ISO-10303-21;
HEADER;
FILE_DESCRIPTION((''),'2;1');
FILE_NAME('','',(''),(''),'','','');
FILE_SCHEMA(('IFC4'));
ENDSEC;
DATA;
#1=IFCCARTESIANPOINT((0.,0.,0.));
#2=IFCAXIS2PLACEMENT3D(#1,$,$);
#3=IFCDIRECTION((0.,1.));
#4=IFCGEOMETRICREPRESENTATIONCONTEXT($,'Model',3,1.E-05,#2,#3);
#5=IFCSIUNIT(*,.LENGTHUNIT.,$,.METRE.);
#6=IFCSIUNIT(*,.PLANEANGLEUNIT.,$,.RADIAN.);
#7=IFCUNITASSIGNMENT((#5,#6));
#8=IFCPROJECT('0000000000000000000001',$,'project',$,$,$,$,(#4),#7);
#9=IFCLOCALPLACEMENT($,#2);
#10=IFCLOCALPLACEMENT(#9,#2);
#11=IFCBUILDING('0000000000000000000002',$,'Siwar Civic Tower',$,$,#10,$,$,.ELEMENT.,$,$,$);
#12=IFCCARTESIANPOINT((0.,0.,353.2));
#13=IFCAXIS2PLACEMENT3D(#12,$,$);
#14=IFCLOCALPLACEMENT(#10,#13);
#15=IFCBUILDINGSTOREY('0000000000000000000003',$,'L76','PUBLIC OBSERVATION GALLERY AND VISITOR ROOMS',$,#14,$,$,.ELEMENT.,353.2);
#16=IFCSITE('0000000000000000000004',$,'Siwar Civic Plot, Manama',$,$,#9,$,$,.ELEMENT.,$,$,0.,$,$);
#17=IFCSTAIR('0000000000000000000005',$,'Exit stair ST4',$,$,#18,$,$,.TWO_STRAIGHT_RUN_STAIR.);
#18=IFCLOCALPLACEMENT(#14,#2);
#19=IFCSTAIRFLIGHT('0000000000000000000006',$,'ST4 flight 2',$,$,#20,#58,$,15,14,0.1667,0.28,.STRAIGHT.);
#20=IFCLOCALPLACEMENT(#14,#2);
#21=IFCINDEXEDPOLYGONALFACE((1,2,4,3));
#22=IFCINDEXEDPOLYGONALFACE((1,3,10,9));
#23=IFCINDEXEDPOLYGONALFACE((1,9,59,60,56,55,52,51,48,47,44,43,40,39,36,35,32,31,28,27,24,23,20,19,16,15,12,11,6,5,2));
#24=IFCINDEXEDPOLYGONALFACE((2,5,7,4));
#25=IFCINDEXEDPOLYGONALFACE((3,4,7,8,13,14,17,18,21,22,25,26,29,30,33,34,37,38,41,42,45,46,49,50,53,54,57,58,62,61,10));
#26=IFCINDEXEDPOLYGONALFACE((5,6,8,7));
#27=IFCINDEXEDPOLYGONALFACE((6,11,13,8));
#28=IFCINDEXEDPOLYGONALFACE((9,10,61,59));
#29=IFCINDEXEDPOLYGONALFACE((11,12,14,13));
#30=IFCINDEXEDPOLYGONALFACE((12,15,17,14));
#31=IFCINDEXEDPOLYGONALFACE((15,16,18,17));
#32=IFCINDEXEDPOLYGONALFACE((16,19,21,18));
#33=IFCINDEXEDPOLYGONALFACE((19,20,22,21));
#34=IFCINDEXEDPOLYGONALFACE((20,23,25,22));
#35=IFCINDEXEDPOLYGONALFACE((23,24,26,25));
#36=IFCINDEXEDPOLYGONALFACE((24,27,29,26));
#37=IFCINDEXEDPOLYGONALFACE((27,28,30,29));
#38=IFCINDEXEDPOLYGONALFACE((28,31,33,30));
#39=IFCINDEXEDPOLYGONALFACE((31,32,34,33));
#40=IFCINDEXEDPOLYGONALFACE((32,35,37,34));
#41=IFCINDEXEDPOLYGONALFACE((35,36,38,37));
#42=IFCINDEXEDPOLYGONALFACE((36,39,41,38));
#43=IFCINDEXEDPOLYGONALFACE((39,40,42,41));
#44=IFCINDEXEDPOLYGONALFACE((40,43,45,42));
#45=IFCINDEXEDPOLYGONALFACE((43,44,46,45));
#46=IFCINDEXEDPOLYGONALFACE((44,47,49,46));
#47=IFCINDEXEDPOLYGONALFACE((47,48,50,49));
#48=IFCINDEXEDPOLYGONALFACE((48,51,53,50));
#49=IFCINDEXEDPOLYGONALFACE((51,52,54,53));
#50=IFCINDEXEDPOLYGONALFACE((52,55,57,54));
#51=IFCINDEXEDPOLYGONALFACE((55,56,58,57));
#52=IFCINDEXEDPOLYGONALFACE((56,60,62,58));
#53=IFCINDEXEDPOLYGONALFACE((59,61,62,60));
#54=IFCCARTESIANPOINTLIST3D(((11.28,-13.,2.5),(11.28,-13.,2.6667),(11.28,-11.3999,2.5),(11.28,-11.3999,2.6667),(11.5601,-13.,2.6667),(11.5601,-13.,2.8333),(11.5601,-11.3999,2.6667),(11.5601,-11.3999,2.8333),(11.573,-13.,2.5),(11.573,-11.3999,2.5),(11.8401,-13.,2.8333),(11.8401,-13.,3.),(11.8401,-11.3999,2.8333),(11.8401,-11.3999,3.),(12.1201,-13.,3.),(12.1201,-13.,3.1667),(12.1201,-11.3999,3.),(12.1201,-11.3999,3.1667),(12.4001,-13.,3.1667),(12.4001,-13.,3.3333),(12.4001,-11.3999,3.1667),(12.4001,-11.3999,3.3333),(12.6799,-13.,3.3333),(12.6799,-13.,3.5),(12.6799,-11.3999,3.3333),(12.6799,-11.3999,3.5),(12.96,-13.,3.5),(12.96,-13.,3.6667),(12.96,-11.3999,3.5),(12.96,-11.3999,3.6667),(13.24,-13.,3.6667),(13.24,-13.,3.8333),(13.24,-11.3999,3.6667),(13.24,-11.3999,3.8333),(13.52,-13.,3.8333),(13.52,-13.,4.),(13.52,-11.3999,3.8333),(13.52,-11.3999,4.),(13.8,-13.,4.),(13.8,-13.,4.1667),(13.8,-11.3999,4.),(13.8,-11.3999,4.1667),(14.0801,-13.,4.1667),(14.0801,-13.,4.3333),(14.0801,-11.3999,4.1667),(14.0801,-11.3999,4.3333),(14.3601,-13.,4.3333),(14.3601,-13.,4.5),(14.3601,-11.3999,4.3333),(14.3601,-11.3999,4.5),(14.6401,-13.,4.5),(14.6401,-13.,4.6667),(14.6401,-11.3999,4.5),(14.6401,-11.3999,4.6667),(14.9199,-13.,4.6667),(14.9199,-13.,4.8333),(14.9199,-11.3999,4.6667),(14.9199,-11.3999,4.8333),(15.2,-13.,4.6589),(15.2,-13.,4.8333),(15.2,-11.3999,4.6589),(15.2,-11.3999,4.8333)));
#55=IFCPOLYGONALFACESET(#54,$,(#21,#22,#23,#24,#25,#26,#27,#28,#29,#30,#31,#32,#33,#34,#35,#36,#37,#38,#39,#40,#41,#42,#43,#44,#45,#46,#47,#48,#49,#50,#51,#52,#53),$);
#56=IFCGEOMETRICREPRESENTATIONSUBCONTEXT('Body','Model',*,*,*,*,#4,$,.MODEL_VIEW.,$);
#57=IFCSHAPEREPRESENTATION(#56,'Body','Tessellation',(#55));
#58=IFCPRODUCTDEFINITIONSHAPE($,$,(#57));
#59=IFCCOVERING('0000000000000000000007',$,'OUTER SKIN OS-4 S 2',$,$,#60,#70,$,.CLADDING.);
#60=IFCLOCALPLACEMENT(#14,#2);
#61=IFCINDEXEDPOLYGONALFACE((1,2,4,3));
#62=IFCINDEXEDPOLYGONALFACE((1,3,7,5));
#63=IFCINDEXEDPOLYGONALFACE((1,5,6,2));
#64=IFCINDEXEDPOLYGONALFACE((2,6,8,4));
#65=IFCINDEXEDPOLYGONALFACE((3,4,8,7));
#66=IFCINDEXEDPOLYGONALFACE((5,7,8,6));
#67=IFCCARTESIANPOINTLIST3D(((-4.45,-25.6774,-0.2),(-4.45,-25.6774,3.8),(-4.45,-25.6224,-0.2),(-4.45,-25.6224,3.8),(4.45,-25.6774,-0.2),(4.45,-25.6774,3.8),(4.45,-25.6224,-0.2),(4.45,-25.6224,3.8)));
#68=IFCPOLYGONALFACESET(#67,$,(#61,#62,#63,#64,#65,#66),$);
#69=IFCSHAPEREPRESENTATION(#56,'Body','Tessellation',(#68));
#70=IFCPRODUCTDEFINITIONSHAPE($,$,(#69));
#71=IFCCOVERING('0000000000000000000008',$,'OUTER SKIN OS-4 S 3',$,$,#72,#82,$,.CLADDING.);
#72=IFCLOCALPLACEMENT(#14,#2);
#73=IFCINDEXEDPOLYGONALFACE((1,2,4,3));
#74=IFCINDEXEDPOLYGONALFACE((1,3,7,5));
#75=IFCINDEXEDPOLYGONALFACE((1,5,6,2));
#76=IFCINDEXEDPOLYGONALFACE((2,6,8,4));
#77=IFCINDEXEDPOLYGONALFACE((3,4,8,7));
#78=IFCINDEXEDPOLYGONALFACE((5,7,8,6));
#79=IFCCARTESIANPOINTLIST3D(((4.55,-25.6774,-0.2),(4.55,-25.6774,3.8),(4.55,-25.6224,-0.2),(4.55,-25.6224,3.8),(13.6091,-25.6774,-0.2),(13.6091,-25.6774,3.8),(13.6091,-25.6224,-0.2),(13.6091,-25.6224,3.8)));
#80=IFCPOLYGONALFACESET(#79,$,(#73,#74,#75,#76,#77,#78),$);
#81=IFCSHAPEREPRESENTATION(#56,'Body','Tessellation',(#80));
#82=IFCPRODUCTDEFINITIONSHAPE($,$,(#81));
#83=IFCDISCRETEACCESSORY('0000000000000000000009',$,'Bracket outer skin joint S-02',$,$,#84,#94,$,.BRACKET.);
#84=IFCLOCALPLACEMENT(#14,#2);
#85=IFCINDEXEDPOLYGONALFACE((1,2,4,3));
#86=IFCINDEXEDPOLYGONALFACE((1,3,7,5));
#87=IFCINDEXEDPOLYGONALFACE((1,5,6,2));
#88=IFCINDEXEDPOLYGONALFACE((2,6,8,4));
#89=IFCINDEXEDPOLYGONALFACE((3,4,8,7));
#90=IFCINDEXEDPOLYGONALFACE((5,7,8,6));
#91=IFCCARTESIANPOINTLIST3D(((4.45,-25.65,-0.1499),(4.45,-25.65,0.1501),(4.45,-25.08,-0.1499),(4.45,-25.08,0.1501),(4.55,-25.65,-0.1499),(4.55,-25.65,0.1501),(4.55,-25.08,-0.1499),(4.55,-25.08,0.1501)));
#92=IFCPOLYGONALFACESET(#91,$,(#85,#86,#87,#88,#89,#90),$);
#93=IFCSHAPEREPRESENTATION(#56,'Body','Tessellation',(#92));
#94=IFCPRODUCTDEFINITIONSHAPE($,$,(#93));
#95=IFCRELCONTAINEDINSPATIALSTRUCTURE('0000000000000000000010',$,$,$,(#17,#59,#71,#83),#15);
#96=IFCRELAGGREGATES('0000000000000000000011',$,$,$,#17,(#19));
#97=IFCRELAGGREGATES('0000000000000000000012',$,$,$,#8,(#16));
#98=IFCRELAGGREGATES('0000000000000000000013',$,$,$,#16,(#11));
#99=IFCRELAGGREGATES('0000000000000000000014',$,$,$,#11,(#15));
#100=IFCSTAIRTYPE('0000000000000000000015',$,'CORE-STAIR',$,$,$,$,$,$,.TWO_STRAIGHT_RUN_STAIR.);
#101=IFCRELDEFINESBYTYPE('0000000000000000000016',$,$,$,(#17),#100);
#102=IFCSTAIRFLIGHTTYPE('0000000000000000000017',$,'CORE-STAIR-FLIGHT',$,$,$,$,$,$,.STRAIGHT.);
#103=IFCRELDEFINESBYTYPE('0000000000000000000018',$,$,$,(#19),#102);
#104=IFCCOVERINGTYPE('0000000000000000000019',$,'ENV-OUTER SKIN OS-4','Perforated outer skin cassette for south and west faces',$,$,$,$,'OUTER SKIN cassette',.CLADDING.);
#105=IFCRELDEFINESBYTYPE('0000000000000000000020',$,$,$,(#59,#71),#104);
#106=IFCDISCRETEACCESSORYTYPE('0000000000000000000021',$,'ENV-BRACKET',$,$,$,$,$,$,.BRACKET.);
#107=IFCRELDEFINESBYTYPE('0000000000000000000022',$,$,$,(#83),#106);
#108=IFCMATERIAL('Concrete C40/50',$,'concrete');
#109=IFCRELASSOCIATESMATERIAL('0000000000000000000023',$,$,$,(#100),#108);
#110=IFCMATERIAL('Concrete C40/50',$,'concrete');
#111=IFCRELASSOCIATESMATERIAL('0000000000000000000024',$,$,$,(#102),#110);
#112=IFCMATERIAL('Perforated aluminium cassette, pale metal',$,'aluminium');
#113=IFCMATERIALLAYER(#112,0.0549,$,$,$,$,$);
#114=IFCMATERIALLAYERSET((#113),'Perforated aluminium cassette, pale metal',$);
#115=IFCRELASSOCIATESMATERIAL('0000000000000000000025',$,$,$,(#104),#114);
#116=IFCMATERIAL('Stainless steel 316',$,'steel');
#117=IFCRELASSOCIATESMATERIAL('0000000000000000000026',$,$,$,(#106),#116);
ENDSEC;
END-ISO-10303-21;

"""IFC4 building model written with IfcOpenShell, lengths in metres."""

from ifc_helpers import new_model, si_unit, direction, frame, origin, origin_2d, place, context, subcontext, project, spatial, polyline, rectangle, outline, extrude, material, layer, layer_set, type_object, element, aggregate, save


model = new_model("IFC4")

# Units and contexts
model_context = context("Model", 3, precision=1e-05, world=origin(), true_north=direction((0.0, 1.0)))
body_context = subcontext(model_context, "Body", "Model", "MODEL_VIEW")
ifc_project = project(units=[si_unit("LENGTHUNIT", "METRE"), si_unit("PLANEANGLEUNIT", "RADIAN")], contexts=[model_context])

# Site, building, storey
site_placement = place(None, origin())
site = spatial("IfcSite", under=ifc_project, at=site_placement, Name="Siwar Civic Plot, Manama", CompositionType="ELEMENT", RefElevation=0.0)
building_placement = place(site_placement, origin())
building = spatial("IfcBuilding", under=site, at=building_placement, Name="Siwar Civic Tower", CompositionType="ELEMENT")
storey_placement = place(building_placement, frame((0.0, 0.0, 353.2)))
storey = spatial("IfcBuildingStorey", under=building, at=storey_placement, Name="L76", Description="PUBLIC OBSERVATION GALLERY AND VISITOR ROOMS", CompositionType="ELEMENT", Elevation=353.2)

# Stair, stair flight
ifc_material_1 = material(Name="Concrete C40/50", Category="concrete")
stair_type = type_object("IfcStairType", Name="CORE-STAIR", PredefinedType="TWO_STRAIGHT_RUN_STAIR", material=ifc_material_1)
stair_placement = place(storey_placement, origin())
stair = element("IfcStair", 1, at=stair_placement, inside=storey, type_object=stair_type, Name="Exit stair ST4", PredefinedType="TWO_STRAIGHT_RUN_STAIR")
ifc_material_2 = material(Name="Concrete C40/50", Category="concrete")
stair_flight_type = type_object("IfcStairFlightType", Name="CORE-STAIR-FLIGHT", PredefinedType="STRAIGHT", material=ifc_material_2)
stair_flight_placement = place(storey_placement, frame((11.28, -12.2, 2.5), z_axis=(0.0, 0.0, 1.0), x_axis=(1.0, 0.0, 0.0)))
stair_flight = element("IfcStairFlight", 2, at=stair_flight_placement, type_object=stair_flight_type, Name="ST4 flight 2", NumberOfRisers=15, NumberOfTreads=14, PredefinedType="STRAIGHT", RiserHeight=0.1667, TreadLength=0.28, context=body_context, shape_type="SweptSolid", body=[
    extrude(outline(polyline([(0.0, 0.0), (0.0, 0.1667), (0.28, 0.1667), (0.28, 0.3333), (0.5601, 0.3333), (0.5601, 0.5), (0.8401, 0.5), (0.8401, 0.6667), (1.1201, 0.6667), (1.1201, 0.8333), (1.3999, 0.8333), (1.3999, 1.0), (1.6799, 1.0), (1.6799, 1.1667), (1.96, 1.1667), (1.96, 1.3333), (2.24, 1.3333), (2.24, 1.5), (2.52, 1.5), (2.52, 1.6667), (2.8, 1.6667), (2.8, 1.8333), (3.0801, 1.8333), (3.0801, 2.0), (3.3601, 2.0), (3.3601, 2.1667), (3.6399, 2.1667), (3.6399, 2.3333), (3.9199, 2.3333), (3.9199, 2.5), (3.9199, 2.1589), (0.293, 0.0), (0.0, 0.0)])), frame((0.0, 0.8, 0.0), z_axis=(0.0, -1.0, 0.0), x_axis=(1.0, 0.0, 0.0)), (0.0, 0.0, 1.0), 1.6001),
])
aggregate(stair, [stair_flight])

# Coverings
ifc_material_3 = material(Name="Perforated aluminium cassette, pale metal", Category="aluminium")
ifc_layer_1 = layer(ifc_material_3, 0.0549)
ifc_layer_set_1 = layer_set([ifc_layer_1], Name="Perforated aluminium cassette, pale metal")
covering_type = type_object("IfcCoveringType", Name="ENV-OUTER SKIN OS-4", Description="Perforated outer skin cassette for south and west faces", ElementType="OUTER SKIN cassette", PredefinedType="CLADDING", material=ifc_layer_set_1)
covering_1_placement = place(storey_placement, frame((0.0, -25.6499, -0.2), z_axis=(0.0, 0.0, 1.0), x_axis=(1.0, 0.0, 0.0)))
element("IfcCovering", 3, at=covering_1_placement, inside=storey, type_object=covering_type, Name="OUTER SKIN OS-4 S 2", PredefinedType="CLADDING", context=body_context, shape_type="SweptSolid", body=[
    extrude(rectangle(XDim=8.8999, YDim=0.0549, at=origin_2d()), origin(), (0.0, 0.0, 1.0), 4.0),
])
covering_2_placement = place(storey_placement, frame((9.0796, -25.6499, -0.2), z_axis=(0.0, 0.0, 1.0), x_axis=(1.0, 0.0, 0.0)))
element("IfcCovering", 4, at=covering_2_placement, inside=storey, type_object=covering_type, Name="OUTER SKIN OS-4 S 3", PredefinedType="CLADDING", context=body_context, shape_type="SweptSolid", body=[
    extrude(rectangle(XDim=9.0591, YDim=0.0549, at=origin_2d()), origin(), (0.0, 0.0, 1.0), 4.0),
])

# Discrete accessory
ifc_material_4 = material(Name="Stainless steel 316", Category="steel")
discrete_accessory_type = type_object("IfcDiscreteAccessoryType", Name="ENV-BRACKET", PredefinedType="BRACKET", material=ifc_material_4)
discrete_accessory_placement = place(storey_placement, frame((4.5, -25.365, -0.1499), z_axis=(0.0, 0.0, 1.0), x_axis=(0.0, -1.0, 0.0)))
element("IfcDiscreteAccessory", 5, at=discrete_accessory_placement, inside=storey, type_object=discrete_accessory_type, Name="Bracket outer skin joint S-02", PredefinedType="BRACKET", context=body_context, shape_type="SweptSolid", body=[
    extrude(rectangle(XDim=0.5701, YDim=0.1001, at=origin_2d()), origin(), (0.0, 0.0, 1.0), 0.3),
])

save(model, "model.ifc")
